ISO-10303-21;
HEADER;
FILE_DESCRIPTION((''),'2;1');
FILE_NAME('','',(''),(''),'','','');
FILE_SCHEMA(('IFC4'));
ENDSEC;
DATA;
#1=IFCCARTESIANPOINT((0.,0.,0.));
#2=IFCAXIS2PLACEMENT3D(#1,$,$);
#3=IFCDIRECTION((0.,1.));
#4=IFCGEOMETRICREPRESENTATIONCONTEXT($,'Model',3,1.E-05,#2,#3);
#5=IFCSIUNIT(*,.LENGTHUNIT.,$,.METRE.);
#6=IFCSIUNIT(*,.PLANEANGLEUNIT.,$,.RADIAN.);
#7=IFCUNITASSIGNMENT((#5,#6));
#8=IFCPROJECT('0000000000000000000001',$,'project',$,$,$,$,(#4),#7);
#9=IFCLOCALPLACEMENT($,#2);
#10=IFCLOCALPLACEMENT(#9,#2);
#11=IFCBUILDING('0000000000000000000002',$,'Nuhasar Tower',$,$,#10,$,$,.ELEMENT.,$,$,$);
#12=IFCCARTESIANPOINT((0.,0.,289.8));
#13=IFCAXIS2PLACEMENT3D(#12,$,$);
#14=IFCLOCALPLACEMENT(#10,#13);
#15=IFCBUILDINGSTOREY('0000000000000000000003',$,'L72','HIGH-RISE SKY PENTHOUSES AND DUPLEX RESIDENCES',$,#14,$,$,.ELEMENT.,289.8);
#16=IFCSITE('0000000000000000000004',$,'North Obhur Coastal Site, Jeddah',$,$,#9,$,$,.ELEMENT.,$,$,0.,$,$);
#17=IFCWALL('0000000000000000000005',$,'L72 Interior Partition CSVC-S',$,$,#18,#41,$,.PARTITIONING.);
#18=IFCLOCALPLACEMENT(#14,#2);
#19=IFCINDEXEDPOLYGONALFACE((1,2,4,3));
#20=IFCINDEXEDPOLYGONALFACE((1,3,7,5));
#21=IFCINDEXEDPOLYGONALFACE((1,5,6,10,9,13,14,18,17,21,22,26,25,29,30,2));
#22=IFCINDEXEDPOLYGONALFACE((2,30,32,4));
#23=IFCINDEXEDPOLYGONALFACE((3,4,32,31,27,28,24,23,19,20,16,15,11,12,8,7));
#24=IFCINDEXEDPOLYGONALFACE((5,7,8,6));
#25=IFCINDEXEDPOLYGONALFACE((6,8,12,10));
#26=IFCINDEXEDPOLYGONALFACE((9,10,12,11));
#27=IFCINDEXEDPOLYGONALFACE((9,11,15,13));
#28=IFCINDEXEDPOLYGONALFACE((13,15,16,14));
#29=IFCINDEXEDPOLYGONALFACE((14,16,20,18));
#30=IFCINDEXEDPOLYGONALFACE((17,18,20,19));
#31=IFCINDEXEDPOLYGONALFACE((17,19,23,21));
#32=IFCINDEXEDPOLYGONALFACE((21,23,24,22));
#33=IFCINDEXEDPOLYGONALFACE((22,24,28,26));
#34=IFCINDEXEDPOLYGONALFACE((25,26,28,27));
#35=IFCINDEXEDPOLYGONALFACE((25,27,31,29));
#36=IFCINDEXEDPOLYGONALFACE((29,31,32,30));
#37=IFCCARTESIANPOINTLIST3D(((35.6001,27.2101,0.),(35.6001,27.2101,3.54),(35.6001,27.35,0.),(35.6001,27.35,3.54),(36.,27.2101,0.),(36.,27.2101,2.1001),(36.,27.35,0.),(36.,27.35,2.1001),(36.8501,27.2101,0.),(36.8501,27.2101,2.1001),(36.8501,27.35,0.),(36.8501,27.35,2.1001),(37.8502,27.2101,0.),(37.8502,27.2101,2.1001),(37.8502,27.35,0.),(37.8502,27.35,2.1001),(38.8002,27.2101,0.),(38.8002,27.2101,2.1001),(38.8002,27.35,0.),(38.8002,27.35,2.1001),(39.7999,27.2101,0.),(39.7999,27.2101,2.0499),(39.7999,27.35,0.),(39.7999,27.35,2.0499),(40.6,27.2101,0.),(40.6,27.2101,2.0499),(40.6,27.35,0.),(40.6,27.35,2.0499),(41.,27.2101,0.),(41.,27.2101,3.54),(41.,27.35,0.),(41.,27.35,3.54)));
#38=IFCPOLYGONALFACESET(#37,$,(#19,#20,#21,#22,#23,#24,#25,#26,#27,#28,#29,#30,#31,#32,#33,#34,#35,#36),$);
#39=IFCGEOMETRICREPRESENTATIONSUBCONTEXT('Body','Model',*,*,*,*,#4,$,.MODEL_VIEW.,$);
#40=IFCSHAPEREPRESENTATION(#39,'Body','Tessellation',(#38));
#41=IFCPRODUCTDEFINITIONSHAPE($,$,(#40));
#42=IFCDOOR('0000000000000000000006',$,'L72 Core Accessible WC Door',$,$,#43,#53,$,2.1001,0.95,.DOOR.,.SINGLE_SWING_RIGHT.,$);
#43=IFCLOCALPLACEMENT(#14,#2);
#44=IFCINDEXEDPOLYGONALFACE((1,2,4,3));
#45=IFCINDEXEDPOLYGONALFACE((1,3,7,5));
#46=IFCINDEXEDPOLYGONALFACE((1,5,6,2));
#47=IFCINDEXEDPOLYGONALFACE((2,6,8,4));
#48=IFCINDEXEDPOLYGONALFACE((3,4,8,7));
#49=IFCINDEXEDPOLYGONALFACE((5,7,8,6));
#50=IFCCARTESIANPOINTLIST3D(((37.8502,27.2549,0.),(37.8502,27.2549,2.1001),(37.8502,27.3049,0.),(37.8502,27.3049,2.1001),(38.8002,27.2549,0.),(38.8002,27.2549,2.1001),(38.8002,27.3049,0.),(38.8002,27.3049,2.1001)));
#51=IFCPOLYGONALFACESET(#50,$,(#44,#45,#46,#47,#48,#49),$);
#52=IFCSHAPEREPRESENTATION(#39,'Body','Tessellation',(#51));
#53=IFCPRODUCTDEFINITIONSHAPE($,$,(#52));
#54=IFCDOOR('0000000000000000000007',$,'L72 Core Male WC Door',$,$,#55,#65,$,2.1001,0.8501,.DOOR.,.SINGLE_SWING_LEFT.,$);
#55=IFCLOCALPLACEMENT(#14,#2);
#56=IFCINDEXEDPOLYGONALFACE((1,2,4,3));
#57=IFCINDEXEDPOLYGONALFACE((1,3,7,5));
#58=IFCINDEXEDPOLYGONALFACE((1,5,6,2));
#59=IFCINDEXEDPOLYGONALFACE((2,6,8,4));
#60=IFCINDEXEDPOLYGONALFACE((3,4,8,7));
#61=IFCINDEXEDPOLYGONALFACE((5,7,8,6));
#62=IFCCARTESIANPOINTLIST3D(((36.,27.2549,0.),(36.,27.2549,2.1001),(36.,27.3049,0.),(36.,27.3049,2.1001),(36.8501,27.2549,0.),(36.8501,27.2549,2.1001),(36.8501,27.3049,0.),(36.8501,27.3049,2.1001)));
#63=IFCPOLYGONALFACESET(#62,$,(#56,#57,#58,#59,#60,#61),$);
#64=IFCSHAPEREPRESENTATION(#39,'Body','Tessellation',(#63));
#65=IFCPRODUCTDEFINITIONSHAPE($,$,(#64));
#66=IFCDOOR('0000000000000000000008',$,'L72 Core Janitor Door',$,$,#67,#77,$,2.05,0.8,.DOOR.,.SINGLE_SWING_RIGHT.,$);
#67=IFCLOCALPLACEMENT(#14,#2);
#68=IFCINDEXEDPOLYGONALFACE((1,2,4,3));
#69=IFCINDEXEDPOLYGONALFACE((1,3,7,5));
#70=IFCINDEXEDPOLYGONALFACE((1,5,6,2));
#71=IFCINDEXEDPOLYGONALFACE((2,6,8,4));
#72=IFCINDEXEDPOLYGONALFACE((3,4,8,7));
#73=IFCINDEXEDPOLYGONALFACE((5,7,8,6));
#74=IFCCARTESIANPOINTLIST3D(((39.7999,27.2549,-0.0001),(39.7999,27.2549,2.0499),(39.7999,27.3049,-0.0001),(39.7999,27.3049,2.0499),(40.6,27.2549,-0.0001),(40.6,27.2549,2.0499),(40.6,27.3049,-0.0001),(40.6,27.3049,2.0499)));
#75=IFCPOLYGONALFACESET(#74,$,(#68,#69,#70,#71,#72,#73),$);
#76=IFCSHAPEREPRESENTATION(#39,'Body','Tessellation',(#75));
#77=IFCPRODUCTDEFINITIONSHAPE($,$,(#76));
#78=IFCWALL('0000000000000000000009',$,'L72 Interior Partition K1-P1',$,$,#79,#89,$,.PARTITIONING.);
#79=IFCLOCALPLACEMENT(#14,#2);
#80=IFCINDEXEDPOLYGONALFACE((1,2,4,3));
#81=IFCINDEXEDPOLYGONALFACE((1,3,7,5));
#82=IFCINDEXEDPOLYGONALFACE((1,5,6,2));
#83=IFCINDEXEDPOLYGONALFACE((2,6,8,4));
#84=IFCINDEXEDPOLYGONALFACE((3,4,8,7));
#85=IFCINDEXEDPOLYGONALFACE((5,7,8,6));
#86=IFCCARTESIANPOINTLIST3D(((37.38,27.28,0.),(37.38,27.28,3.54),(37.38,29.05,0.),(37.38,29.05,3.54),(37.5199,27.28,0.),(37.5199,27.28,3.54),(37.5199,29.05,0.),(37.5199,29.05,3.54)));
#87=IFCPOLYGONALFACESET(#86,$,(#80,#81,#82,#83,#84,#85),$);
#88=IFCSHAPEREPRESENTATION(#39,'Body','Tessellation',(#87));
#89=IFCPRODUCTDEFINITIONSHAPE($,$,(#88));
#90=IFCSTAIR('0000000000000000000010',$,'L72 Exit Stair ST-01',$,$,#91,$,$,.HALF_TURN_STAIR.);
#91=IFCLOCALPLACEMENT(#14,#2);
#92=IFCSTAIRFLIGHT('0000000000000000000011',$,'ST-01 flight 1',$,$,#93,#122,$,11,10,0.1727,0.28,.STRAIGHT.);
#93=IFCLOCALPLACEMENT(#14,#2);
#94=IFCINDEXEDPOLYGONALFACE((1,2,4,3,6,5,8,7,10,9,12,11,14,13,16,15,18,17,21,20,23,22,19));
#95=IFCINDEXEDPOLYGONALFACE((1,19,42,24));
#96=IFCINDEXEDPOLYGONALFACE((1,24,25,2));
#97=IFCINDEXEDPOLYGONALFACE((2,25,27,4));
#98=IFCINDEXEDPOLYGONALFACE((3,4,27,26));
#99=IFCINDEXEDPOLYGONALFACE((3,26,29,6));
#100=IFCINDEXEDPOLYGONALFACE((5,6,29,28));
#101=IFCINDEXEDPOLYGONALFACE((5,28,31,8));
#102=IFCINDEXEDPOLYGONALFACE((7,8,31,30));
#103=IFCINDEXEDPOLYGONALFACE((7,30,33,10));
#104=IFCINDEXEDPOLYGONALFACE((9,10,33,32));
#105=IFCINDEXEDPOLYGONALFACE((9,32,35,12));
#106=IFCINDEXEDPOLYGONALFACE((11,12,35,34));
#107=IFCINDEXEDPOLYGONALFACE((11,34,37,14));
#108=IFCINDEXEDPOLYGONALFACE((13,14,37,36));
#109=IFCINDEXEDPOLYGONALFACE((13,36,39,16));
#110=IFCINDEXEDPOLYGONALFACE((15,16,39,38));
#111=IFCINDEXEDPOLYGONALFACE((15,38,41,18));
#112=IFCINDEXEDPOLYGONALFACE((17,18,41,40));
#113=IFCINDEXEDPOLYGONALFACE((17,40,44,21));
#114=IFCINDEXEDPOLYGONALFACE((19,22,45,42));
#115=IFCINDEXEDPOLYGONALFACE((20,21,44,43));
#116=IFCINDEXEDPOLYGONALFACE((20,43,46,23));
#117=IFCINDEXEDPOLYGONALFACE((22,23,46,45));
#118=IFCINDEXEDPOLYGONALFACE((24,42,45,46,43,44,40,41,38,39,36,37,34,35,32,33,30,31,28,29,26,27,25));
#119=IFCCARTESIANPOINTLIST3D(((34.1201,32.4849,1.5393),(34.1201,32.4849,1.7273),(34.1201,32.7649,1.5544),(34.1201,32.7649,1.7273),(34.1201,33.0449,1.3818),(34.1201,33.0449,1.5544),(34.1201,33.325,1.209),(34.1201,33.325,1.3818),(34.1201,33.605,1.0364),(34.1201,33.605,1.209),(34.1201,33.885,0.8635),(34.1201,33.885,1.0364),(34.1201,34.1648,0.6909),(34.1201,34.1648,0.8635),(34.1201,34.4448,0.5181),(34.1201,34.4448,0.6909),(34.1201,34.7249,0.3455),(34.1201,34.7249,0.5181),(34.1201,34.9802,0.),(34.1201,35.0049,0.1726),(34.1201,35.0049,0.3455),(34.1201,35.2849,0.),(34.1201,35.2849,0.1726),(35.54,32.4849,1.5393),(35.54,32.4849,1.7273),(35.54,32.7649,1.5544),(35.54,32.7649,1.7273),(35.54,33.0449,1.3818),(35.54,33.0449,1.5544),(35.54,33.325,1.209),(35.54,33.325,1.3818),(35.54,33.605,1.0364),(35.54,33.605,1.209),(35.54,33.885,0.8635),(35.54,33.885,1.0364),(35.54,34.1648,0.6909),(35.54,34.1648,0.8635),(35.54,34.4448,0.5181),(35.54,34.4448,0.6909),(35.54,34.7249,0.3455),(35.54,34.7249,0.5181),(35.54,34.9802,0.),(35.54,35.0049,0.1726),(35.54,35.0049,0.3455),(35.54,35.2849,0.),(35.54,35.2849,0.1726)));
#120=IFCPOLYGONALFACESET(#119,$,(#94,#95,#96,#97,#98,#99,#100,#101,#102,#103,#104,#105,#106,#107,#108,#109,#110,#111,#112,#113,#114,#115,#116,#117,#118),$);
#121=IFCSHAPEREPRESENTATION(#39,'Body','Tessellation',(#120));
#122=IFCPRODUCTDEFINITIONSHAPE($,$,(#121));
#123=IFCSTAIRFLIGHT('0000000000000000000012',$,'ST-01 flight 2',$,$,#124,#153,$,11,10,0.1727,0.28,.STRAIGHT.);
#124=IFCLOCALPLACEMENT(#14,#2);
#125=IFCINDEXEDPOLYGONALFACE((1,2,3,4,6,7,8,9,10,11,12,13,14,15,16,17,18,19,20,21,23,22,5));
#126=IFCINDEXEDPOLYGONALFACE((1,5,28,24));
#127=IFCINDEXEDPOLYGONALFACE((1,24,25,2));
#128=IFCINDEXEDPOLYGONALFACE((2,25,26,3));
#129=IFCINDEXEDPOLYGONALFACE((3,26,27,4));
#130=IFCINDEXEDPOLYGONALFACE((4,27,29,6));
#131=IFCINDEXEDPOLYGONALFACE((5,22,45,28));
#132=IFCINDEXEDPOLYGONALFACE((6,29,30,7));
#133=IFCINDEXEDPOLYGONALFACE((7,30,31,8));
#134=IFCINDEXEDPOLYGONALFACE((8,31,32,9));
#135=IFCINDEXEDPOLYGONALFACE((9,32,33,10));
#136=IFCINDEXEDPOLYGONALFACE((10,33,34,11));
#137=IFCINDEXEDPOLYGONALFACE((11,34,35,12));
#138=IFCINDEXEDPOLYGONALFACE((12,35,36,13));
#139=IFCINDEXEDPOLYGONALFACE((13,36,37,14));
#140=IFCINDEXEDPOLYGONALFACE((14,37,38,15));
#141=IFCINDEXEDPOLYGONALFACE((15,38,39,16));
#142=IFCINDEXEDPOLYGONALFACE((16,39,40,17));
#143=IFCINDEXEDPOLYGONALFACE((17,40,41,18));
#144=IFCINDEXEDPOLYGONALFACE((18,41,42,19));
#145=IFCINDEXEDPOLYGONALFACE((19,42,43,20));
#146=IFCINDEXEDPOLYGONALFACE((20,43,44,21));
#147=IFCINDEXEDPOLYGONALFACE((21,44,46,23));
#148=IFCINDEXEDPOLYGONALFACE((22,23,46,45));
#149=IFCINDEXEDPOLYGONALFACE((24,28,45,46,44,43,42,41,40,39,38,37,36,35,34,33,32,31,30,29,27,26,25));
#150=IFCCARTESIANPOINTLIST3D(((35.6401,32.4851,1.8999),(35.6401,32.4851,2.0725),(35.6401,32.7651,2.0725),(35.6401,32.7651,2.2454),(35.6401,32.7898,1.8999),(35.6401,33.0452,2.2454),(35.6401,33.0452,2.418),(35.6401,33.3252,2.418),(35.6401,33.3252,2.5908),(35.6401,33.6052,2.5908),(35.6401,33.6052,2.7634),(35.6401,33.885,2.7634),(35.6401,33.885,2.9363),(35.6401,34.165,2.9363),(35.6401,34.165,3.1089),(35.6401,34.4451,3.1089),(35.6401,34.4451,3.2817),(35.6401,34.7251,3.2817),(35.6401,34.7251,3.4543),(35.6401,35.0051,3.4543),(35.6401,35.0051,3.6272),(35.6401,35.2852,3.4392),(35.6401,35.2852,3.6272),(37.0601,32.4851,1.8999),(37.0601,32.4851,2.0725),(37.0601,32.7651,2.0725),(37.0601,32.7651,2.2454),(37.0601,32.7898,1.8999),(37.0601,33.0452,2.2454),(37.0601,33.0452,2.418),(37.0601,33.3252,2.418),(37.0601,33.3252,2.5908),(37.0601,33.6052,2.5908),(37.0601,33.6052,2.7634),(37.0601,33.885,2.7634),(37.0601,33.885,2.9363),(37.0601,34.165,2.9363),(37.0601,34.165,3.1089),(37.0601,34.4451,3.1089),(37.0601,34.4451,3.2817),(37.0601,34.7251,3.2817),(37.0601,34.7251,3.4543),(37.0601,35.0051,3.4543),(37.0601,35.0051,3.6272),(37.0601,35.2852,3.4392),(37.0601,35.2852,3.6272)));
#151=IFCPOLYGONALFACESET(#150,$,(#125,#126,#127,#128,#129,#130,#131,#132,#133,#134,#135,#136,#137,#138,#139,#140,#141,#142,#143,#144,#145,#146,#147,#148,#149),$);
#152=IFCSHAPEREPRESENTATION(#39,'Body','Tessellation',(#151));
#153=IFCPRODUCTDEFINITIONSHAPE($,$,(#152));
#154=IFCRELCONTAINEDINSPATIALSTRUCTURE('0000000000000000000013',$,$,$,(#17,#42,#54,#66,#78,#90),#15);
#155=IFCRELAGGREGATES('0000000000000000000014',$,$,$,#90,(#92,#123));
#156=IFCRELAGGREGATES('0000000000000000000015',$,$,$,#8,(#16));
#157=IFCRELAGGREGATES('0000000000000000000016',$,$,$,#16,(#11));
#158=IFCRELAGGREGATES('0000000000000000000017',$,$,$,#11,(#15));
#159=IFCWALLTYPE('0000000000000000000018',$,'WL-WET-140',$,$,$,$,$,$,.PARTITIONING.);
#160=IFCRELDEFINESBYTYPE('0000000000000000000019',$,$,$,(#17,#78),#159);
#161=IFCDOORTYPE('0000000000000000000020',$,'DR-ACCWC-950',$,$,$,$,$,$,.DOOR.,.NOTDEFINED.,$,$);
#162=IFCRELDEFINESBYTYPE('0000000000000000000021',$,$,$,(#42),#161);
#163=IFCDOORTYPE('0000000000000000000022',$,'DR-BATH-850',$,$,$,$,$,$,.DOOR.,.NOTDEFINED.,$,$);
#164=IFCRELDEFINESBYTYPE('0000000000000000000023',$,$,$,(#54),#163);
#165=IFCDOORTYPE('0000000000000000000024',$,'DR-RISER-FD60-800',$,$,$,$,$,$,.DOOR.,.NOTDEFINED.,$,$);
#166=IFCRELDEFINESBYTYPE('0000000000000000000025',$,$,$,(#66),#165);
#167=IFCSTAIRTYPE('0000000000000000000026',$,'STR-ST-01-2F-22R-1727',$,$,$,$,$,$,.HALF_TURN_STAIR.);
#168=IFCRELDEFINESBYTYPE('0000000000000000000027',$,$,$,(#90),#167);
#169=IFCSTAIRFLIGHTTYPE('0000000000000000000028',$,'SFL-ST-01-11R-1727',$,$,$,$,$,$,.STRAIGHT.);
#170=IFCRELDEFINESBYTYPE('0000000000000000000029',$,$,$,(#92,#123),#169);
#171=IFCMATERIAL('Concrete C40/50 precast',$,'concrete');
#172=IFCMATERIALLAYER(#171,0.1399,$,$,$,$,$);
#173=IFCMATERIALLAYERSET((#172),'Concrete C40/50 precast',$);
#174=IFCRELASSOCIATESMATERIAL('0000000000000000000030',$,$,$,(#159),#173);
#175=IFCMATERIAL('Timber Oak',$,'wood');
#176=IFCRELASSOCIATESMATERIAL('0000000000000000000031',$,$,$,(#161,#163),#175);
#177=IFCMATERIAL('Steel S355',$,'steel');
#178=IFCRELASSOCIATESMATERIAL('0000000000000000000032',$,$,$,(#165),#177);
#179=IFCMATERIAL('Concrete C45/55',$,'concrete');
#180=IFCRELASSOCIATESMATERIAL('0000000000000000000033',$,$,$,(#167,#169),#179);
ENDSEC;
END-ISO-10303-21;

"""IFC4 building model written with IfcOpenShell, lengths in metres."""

from ifc_helpers import new_model, si_unit, direction, frame, frame_2d, origin, place, context, subcontext, project, spatial, polyline, rectangle, outline, extrude, material, layer, layer_set, type_object, element, fill, aggregate, save


model = new_model("IFC4")

# Units and contexts
model_context = context("Model", 3, precision=1e-05, world=origin(), true_north=direction((0.0, 1.0)))
body_context = subcontext(model_context, "Body", "Model", "MODEL_VIEW")
ifc_project = project(units=[si_unit("LENGTHUNIT", "METRE"), si_unit("PLANEANGLEUNIT", "RADIAN")], contexts=[model_context])

# Site, building, storey
site_placement = place(None, origin())
site = spatial("IfcSite", under=ifc_project, at=site_placement, Name="North Obhur Coastal Site, Jeddah", CompositionType="ELEMENT", RefElevation=0.0)
building_placement = place(site_placement, origin())
building = spatial("IfcBuilding", under=site, at=building_placement, Name="Nuhasar Tower", CompositionType="ELEMENT")
storey_placement = place(building_placement, frame((0.0, 0.0, 289.8)))
storey = spatial("IfcBuildingStorey", under=building, at=storey_placement, Name="L72", Description="HIGH-RISE SKY PENTHOUSES AND DUPLEX RESIDENCES", CompositionType="ELEMENT", Elevation=289.8)

# Shared definitions
ifc_material_1 = material(Name="Steel S355", Category="steel")

# Shared definitions
ifc_material_2 = material(Name="Concrete C40/50 precast", Category="concrete")
ifc_layer_1 = layer(ifc_material_2, 0.1399)
ifc_layer_set_1 = layer_set([ifc_layer_1], Name="Concrete C40/50 precast")
wall_type_1 = type_object("IfcWallType", Name="WL-WET-140", PredefinedType="PARTITIONING", material=ifc_layer_set_1)

# Wall, openings, doors
wall_1_placement = place(storey_placement, frame((35.6001, 27.28, 0.0), z_axis=(0.0, 0.0, 1.0), x_axis=(1.0, 0.0, 0.0)))
wall_1 = element("IfcWall", 1, at=wall_1_placement, inside=storey, type_object=wall_type_1, Name="L72 Interior Partition CSVC-S", PredefinedType="PARTITIONING", context=body_context, shape_type="SweptSolid", body=[
    extrude(rectangle(XDim=5.3999, YDim=0.1399, at=frame_2d((2.7, 0.0))), origin(), (0.0, 0.0, 1.0), 3.54),
])
opening_1_placement = place(wall_1_placement, frame((0.3999, 0.0, 0.0)))
opening_1 = element("IfcOpeningElement", 2, at=opening_1_placement, cuts=wall_1, PredefinedType="OPENING", context=body_context, shape_type="SweptSolid", body=[
    extrude(rectangle(XDim=0.8501, YDim=2.1001, at=frame_2d((0.425, 1.05))), frame((0.0, 0.0801, 0.0), z_axis=(0.0, -1.0, 0.0), x_axis=(1.0, 0.0, 0.0)), (0.0, 0.0, 1.0), 0.1599),
])
opening_2_placement = place(wall_1_placement, frame((2.25, 0.0, 0.0)))
opening_2 = element("IfcOpeningElement", 3, at=opening_2_placement, cuts=wall_1, PredefinedType="OPENING", context=body_context, shape_type="SweptSolid", body=[
    extrude(rectangle(XDim=0.95, YDim=2.1001, at=frame_2d((0.4751, 1.05))), frame((0.0, 0.0801, 0.0), z_axis=(0.0, -1.0, 0.0), x_axis=(1.0, 0.0, 0.0)), (0.0, 0.0, 1.0), 0.1599),
])
opening_3_placement = place(wall_1_placement, frame((4.2, 0.0, 0.0)))
opening_3 = element("IfcOpeningElement", 4, at=opening_3_placement, cuts=wall_1, PredefinedType="OPENING", context=body_context, shape_type="SweptSolid", body=[
    extrude(rectangle(XDim=0.8, YDim=2.05, at=frame_2d((0.3999, 1.0249))), frame((0.0, 0.0801, 0.0), z_axis=(0.0, -1.0, 0.0), x_axis=(1.0, 0.0, 0.0)), (0.0, 0.0, 1.0), 0.1599),
])
ifc_material_3 = material(Name="Timber Oak", Category="wood")
door_type_1 = type_object("IfcDoorType", Name="DR-ACCWC-950", OperationType="NOTDEFINED", PredefinedType="DOOR", material=ifc_material_3)
door_1_placement = place(opening_2_placement, origin())
door_1 = element("IfcDoor", 5, at=door_1_placement, inside=storey, type_object=door_type_1, Name="L72 Core Accessible WC Door", OperationType="SINGLE_SWING_RIGHT", OverallHeight=2.1001, OverallWidth=0.95, PredefinedType="DOOR", context=body_context, shape_type="SweptSolid", body=[
    extrude(rectangle(XDim=0.95, YDim=2.1001, at=frame_2d((0.4751, 1.05))), frame((0.0, 0.0249, 0.0), z_axis=(0.0, -1.0, 0.0), x_axis=(1.0, 0.0, 0.0)), (0.0, 0.0, 1.0), 0.05),
])
fill(opening_2, door_1)
door_type_2 = type_object("IfcDoorType", Name="DR-BATH-850", OperationType="NOTDEFINED", PredefinedType="DOOR", material=ifc_material_3)
door_2_placement = place(opening_1_placement, origin())
door_2 = element("IfcDoor", 6, at=door_2_placement, inside=storey, type_object=door_type_2, Name="L72 Core Male WC Door", OperationType="SINGLE_SWING_LEFT", OverallHeight=2.1001, OverallWidth=0.8501, PredefinedType="DOOR", context=body_context, shape_type="SweptSolid", body=[
    extrude(rectangle(XDim=0.8501, YDim=2.1001, at=frame_2d((0.425, 1.05))), frame((0.0, 0.0249, 0.0), z_axis=(0.0, -1.0, 0.0), x_axis=(1.0, 0.0, 0.0)), (0.0, 0.0, 1.0), 0.05),
])
fill(opening_1, door_2)
door_type_3 = type_object("IfcDoorType", Name="DR-RISER-FD60-800", OperationType="NOTDEFINED", PredefinedType="DOOR", material=ifc_material_1)
door_3_placement = place(opening_3_placement, origin())
door_3 = element("IfcDoor", 7, at=door_3_placement, inside=storey, type_object=door_type_3, Name="L72 Core Janitor Door", OperationType="SINGLE_SWING_RIGHT", OverallHeight=2.05, OverallWidth=0.8, PredefinedType="DOOR", context=body_context, shape_type="SweptSolid", body=[
    extrude(rectangle(XDim=0.8, YDim=2.05, at=frame_2d((0.3999, 1.0249))), frame((0.0, 0.0249, 0.0), z_axis=(0.0, -1.0, 0.0), x_axis=(1.0, 0.0, 0.0)), (0.0, 0.0, 1.0), 0.05),
])
fill(opening_3, door_3)

# Wall
wall_2_placement = place(storey_placement, frame((37.45, 27.28, 0.0), z_axis=(0.0, 0.0, 1.0), x_axis=(0.0, 1.0, 0.0)))
element("IfcWall", 8, at=wall_2_placement, inside=storey, type_object=wall_type_1, Name="L72 Interior Partition K1-P1", PredefinedType="PARTITIONING", context=body_context, shape_type="SweptSolid", body=[
    extrude(rectangle(XDim=1.77, YDim=0.1399, at=frame_2d((0.885, 0.0))), origin(), (0.0, 0.0, 1.0), 3.54),
])

# Stair, stair flights
ifc_material_4 = material(Name="Concrete C45/55", Category="concrete")
stair_type_1 = type_object("IfcStairType", Name="STR-ST-01-2F-22R-1727", PredefinedType="HALF_TURN_STAIR", material=ifc_material_4)
stair_1_placement = place(storey_placement, origin())
stair_1 = element("IfcStair", 9, at=stair_1_placement, inside=storey, type_object=stair_type_1, Name="L72 Exit Stair ST-01", PredefinedType="HALF_TURN_STAIR")
stair_flight_type_1 = type_object("IfcStairFlightType", Name="SFL-ST-01-11R-1727", PredefinedType="STRAIGHT", material=ifc_material_4)
stair_flight_1_placement = place(storey_placement, frame((34.8301, 35.2849, 0.0), z_axis=(0.0, 0.0, 1.0), x_axis=(0.0, -1.0, 0.0)))
stair_flight_1 = element("IfcStairFlight", 10, at=stair_flight_1_placement, type_object=stair_flight_type_1, Name="ST-01 flight 1", NumberOfRisers=11, NumberOfTreads=10, PredefinedType="STRAIGHT", RiserHeight=0.1727, TreadLength=0.28, context=body_context, shape_type="SweptSolid", body=[
    extrude(outline(polyline([(0.0, 0.0), (0.0, 0.1726), (0.28, 0.1726), (0.28, 0.3455), (0.5601, 0.3455), (0.5601, 0.5181), (0.8401, 0.5181), (0.8401, 0.6909), (1.1201, 0.6909), (1.1201, 0.8635), (1.3999, 0.8635), (1.3999, 1.0364), (1.6799, 1.0364), (1.6799, 1.209), (1.96, 1.209), (1.96, 1.3818), (2.24, 1.3818), (2.24, 1.5544), (2.52, 1.5544), (2.52, 1.7273), (2.8, 1.7273), (2.8, 1.8999), (2.8, 1.5393), (0.3047, 0.0), (0.0, 0.0)])), frame((0.0, 0.71, 0.0), z_axis=(0.0, -1.0, 0.0), x_axis=(1.0, 0.0, 0.0)), (0.0, 0.0, 1.0), 1.4199),
])
stair_flight_2_placement = place(storey_placement, frame((36.3501, 32.4851, 1.8999), z_axis=(0.0, 0.0, 1.0), x_axis=(0.0, 1.0, 0.0)))
stair_flight_2 = element("IfcStairFlight", 11, at=stair_flight_2_placement, type_object=stair_flight_type_1, Name="ST-01 flight 2", NumberOfRisers=11, NumberOfTreads=10, PredefinedType="STRAIGHT", RiserHeight=0.1727, TreadLength=0.28, context=body_context, shape_type="SweptSolid", body=[
    extrude(outline(polyline([(0.0, 0.0), (0.0, 0.1726), (0.28, 0.1726), (0.28, 0.3455), (0.5601, 0.3455), (0.5601, 0.5181), (0.8401, 0.5181), (0.8401, 0.6909), (1.1201, 0.6909), (1.1201, 0.8635), (1.3999, 0.8635), (1.3999, 1.0364), (1.6799, 1.0364), (1.6799, 1.209), (1.96, 1.209), (1.96, 1.3818), (2.24, 1.3818), (2.24, 1.5544), (2.52, 1.5544), (2.52, 1.7273), (2.8, 1.7273), (2.8, 1.8999), (2.8, 1.5393), (0.3047, 0.0), (0.0, 0.0)])), frame((0.0, 0.71, 0.0), z_axis=(0.0, -1.0, 0.0), x_axis=(1.0, 0.0, 0.0)), (0.0, 0.0, 1.0), 1.4199),
])
aggregate(stair_1, [stair_flight_1, stair_flight_2])

save(model, "model.ifc")
